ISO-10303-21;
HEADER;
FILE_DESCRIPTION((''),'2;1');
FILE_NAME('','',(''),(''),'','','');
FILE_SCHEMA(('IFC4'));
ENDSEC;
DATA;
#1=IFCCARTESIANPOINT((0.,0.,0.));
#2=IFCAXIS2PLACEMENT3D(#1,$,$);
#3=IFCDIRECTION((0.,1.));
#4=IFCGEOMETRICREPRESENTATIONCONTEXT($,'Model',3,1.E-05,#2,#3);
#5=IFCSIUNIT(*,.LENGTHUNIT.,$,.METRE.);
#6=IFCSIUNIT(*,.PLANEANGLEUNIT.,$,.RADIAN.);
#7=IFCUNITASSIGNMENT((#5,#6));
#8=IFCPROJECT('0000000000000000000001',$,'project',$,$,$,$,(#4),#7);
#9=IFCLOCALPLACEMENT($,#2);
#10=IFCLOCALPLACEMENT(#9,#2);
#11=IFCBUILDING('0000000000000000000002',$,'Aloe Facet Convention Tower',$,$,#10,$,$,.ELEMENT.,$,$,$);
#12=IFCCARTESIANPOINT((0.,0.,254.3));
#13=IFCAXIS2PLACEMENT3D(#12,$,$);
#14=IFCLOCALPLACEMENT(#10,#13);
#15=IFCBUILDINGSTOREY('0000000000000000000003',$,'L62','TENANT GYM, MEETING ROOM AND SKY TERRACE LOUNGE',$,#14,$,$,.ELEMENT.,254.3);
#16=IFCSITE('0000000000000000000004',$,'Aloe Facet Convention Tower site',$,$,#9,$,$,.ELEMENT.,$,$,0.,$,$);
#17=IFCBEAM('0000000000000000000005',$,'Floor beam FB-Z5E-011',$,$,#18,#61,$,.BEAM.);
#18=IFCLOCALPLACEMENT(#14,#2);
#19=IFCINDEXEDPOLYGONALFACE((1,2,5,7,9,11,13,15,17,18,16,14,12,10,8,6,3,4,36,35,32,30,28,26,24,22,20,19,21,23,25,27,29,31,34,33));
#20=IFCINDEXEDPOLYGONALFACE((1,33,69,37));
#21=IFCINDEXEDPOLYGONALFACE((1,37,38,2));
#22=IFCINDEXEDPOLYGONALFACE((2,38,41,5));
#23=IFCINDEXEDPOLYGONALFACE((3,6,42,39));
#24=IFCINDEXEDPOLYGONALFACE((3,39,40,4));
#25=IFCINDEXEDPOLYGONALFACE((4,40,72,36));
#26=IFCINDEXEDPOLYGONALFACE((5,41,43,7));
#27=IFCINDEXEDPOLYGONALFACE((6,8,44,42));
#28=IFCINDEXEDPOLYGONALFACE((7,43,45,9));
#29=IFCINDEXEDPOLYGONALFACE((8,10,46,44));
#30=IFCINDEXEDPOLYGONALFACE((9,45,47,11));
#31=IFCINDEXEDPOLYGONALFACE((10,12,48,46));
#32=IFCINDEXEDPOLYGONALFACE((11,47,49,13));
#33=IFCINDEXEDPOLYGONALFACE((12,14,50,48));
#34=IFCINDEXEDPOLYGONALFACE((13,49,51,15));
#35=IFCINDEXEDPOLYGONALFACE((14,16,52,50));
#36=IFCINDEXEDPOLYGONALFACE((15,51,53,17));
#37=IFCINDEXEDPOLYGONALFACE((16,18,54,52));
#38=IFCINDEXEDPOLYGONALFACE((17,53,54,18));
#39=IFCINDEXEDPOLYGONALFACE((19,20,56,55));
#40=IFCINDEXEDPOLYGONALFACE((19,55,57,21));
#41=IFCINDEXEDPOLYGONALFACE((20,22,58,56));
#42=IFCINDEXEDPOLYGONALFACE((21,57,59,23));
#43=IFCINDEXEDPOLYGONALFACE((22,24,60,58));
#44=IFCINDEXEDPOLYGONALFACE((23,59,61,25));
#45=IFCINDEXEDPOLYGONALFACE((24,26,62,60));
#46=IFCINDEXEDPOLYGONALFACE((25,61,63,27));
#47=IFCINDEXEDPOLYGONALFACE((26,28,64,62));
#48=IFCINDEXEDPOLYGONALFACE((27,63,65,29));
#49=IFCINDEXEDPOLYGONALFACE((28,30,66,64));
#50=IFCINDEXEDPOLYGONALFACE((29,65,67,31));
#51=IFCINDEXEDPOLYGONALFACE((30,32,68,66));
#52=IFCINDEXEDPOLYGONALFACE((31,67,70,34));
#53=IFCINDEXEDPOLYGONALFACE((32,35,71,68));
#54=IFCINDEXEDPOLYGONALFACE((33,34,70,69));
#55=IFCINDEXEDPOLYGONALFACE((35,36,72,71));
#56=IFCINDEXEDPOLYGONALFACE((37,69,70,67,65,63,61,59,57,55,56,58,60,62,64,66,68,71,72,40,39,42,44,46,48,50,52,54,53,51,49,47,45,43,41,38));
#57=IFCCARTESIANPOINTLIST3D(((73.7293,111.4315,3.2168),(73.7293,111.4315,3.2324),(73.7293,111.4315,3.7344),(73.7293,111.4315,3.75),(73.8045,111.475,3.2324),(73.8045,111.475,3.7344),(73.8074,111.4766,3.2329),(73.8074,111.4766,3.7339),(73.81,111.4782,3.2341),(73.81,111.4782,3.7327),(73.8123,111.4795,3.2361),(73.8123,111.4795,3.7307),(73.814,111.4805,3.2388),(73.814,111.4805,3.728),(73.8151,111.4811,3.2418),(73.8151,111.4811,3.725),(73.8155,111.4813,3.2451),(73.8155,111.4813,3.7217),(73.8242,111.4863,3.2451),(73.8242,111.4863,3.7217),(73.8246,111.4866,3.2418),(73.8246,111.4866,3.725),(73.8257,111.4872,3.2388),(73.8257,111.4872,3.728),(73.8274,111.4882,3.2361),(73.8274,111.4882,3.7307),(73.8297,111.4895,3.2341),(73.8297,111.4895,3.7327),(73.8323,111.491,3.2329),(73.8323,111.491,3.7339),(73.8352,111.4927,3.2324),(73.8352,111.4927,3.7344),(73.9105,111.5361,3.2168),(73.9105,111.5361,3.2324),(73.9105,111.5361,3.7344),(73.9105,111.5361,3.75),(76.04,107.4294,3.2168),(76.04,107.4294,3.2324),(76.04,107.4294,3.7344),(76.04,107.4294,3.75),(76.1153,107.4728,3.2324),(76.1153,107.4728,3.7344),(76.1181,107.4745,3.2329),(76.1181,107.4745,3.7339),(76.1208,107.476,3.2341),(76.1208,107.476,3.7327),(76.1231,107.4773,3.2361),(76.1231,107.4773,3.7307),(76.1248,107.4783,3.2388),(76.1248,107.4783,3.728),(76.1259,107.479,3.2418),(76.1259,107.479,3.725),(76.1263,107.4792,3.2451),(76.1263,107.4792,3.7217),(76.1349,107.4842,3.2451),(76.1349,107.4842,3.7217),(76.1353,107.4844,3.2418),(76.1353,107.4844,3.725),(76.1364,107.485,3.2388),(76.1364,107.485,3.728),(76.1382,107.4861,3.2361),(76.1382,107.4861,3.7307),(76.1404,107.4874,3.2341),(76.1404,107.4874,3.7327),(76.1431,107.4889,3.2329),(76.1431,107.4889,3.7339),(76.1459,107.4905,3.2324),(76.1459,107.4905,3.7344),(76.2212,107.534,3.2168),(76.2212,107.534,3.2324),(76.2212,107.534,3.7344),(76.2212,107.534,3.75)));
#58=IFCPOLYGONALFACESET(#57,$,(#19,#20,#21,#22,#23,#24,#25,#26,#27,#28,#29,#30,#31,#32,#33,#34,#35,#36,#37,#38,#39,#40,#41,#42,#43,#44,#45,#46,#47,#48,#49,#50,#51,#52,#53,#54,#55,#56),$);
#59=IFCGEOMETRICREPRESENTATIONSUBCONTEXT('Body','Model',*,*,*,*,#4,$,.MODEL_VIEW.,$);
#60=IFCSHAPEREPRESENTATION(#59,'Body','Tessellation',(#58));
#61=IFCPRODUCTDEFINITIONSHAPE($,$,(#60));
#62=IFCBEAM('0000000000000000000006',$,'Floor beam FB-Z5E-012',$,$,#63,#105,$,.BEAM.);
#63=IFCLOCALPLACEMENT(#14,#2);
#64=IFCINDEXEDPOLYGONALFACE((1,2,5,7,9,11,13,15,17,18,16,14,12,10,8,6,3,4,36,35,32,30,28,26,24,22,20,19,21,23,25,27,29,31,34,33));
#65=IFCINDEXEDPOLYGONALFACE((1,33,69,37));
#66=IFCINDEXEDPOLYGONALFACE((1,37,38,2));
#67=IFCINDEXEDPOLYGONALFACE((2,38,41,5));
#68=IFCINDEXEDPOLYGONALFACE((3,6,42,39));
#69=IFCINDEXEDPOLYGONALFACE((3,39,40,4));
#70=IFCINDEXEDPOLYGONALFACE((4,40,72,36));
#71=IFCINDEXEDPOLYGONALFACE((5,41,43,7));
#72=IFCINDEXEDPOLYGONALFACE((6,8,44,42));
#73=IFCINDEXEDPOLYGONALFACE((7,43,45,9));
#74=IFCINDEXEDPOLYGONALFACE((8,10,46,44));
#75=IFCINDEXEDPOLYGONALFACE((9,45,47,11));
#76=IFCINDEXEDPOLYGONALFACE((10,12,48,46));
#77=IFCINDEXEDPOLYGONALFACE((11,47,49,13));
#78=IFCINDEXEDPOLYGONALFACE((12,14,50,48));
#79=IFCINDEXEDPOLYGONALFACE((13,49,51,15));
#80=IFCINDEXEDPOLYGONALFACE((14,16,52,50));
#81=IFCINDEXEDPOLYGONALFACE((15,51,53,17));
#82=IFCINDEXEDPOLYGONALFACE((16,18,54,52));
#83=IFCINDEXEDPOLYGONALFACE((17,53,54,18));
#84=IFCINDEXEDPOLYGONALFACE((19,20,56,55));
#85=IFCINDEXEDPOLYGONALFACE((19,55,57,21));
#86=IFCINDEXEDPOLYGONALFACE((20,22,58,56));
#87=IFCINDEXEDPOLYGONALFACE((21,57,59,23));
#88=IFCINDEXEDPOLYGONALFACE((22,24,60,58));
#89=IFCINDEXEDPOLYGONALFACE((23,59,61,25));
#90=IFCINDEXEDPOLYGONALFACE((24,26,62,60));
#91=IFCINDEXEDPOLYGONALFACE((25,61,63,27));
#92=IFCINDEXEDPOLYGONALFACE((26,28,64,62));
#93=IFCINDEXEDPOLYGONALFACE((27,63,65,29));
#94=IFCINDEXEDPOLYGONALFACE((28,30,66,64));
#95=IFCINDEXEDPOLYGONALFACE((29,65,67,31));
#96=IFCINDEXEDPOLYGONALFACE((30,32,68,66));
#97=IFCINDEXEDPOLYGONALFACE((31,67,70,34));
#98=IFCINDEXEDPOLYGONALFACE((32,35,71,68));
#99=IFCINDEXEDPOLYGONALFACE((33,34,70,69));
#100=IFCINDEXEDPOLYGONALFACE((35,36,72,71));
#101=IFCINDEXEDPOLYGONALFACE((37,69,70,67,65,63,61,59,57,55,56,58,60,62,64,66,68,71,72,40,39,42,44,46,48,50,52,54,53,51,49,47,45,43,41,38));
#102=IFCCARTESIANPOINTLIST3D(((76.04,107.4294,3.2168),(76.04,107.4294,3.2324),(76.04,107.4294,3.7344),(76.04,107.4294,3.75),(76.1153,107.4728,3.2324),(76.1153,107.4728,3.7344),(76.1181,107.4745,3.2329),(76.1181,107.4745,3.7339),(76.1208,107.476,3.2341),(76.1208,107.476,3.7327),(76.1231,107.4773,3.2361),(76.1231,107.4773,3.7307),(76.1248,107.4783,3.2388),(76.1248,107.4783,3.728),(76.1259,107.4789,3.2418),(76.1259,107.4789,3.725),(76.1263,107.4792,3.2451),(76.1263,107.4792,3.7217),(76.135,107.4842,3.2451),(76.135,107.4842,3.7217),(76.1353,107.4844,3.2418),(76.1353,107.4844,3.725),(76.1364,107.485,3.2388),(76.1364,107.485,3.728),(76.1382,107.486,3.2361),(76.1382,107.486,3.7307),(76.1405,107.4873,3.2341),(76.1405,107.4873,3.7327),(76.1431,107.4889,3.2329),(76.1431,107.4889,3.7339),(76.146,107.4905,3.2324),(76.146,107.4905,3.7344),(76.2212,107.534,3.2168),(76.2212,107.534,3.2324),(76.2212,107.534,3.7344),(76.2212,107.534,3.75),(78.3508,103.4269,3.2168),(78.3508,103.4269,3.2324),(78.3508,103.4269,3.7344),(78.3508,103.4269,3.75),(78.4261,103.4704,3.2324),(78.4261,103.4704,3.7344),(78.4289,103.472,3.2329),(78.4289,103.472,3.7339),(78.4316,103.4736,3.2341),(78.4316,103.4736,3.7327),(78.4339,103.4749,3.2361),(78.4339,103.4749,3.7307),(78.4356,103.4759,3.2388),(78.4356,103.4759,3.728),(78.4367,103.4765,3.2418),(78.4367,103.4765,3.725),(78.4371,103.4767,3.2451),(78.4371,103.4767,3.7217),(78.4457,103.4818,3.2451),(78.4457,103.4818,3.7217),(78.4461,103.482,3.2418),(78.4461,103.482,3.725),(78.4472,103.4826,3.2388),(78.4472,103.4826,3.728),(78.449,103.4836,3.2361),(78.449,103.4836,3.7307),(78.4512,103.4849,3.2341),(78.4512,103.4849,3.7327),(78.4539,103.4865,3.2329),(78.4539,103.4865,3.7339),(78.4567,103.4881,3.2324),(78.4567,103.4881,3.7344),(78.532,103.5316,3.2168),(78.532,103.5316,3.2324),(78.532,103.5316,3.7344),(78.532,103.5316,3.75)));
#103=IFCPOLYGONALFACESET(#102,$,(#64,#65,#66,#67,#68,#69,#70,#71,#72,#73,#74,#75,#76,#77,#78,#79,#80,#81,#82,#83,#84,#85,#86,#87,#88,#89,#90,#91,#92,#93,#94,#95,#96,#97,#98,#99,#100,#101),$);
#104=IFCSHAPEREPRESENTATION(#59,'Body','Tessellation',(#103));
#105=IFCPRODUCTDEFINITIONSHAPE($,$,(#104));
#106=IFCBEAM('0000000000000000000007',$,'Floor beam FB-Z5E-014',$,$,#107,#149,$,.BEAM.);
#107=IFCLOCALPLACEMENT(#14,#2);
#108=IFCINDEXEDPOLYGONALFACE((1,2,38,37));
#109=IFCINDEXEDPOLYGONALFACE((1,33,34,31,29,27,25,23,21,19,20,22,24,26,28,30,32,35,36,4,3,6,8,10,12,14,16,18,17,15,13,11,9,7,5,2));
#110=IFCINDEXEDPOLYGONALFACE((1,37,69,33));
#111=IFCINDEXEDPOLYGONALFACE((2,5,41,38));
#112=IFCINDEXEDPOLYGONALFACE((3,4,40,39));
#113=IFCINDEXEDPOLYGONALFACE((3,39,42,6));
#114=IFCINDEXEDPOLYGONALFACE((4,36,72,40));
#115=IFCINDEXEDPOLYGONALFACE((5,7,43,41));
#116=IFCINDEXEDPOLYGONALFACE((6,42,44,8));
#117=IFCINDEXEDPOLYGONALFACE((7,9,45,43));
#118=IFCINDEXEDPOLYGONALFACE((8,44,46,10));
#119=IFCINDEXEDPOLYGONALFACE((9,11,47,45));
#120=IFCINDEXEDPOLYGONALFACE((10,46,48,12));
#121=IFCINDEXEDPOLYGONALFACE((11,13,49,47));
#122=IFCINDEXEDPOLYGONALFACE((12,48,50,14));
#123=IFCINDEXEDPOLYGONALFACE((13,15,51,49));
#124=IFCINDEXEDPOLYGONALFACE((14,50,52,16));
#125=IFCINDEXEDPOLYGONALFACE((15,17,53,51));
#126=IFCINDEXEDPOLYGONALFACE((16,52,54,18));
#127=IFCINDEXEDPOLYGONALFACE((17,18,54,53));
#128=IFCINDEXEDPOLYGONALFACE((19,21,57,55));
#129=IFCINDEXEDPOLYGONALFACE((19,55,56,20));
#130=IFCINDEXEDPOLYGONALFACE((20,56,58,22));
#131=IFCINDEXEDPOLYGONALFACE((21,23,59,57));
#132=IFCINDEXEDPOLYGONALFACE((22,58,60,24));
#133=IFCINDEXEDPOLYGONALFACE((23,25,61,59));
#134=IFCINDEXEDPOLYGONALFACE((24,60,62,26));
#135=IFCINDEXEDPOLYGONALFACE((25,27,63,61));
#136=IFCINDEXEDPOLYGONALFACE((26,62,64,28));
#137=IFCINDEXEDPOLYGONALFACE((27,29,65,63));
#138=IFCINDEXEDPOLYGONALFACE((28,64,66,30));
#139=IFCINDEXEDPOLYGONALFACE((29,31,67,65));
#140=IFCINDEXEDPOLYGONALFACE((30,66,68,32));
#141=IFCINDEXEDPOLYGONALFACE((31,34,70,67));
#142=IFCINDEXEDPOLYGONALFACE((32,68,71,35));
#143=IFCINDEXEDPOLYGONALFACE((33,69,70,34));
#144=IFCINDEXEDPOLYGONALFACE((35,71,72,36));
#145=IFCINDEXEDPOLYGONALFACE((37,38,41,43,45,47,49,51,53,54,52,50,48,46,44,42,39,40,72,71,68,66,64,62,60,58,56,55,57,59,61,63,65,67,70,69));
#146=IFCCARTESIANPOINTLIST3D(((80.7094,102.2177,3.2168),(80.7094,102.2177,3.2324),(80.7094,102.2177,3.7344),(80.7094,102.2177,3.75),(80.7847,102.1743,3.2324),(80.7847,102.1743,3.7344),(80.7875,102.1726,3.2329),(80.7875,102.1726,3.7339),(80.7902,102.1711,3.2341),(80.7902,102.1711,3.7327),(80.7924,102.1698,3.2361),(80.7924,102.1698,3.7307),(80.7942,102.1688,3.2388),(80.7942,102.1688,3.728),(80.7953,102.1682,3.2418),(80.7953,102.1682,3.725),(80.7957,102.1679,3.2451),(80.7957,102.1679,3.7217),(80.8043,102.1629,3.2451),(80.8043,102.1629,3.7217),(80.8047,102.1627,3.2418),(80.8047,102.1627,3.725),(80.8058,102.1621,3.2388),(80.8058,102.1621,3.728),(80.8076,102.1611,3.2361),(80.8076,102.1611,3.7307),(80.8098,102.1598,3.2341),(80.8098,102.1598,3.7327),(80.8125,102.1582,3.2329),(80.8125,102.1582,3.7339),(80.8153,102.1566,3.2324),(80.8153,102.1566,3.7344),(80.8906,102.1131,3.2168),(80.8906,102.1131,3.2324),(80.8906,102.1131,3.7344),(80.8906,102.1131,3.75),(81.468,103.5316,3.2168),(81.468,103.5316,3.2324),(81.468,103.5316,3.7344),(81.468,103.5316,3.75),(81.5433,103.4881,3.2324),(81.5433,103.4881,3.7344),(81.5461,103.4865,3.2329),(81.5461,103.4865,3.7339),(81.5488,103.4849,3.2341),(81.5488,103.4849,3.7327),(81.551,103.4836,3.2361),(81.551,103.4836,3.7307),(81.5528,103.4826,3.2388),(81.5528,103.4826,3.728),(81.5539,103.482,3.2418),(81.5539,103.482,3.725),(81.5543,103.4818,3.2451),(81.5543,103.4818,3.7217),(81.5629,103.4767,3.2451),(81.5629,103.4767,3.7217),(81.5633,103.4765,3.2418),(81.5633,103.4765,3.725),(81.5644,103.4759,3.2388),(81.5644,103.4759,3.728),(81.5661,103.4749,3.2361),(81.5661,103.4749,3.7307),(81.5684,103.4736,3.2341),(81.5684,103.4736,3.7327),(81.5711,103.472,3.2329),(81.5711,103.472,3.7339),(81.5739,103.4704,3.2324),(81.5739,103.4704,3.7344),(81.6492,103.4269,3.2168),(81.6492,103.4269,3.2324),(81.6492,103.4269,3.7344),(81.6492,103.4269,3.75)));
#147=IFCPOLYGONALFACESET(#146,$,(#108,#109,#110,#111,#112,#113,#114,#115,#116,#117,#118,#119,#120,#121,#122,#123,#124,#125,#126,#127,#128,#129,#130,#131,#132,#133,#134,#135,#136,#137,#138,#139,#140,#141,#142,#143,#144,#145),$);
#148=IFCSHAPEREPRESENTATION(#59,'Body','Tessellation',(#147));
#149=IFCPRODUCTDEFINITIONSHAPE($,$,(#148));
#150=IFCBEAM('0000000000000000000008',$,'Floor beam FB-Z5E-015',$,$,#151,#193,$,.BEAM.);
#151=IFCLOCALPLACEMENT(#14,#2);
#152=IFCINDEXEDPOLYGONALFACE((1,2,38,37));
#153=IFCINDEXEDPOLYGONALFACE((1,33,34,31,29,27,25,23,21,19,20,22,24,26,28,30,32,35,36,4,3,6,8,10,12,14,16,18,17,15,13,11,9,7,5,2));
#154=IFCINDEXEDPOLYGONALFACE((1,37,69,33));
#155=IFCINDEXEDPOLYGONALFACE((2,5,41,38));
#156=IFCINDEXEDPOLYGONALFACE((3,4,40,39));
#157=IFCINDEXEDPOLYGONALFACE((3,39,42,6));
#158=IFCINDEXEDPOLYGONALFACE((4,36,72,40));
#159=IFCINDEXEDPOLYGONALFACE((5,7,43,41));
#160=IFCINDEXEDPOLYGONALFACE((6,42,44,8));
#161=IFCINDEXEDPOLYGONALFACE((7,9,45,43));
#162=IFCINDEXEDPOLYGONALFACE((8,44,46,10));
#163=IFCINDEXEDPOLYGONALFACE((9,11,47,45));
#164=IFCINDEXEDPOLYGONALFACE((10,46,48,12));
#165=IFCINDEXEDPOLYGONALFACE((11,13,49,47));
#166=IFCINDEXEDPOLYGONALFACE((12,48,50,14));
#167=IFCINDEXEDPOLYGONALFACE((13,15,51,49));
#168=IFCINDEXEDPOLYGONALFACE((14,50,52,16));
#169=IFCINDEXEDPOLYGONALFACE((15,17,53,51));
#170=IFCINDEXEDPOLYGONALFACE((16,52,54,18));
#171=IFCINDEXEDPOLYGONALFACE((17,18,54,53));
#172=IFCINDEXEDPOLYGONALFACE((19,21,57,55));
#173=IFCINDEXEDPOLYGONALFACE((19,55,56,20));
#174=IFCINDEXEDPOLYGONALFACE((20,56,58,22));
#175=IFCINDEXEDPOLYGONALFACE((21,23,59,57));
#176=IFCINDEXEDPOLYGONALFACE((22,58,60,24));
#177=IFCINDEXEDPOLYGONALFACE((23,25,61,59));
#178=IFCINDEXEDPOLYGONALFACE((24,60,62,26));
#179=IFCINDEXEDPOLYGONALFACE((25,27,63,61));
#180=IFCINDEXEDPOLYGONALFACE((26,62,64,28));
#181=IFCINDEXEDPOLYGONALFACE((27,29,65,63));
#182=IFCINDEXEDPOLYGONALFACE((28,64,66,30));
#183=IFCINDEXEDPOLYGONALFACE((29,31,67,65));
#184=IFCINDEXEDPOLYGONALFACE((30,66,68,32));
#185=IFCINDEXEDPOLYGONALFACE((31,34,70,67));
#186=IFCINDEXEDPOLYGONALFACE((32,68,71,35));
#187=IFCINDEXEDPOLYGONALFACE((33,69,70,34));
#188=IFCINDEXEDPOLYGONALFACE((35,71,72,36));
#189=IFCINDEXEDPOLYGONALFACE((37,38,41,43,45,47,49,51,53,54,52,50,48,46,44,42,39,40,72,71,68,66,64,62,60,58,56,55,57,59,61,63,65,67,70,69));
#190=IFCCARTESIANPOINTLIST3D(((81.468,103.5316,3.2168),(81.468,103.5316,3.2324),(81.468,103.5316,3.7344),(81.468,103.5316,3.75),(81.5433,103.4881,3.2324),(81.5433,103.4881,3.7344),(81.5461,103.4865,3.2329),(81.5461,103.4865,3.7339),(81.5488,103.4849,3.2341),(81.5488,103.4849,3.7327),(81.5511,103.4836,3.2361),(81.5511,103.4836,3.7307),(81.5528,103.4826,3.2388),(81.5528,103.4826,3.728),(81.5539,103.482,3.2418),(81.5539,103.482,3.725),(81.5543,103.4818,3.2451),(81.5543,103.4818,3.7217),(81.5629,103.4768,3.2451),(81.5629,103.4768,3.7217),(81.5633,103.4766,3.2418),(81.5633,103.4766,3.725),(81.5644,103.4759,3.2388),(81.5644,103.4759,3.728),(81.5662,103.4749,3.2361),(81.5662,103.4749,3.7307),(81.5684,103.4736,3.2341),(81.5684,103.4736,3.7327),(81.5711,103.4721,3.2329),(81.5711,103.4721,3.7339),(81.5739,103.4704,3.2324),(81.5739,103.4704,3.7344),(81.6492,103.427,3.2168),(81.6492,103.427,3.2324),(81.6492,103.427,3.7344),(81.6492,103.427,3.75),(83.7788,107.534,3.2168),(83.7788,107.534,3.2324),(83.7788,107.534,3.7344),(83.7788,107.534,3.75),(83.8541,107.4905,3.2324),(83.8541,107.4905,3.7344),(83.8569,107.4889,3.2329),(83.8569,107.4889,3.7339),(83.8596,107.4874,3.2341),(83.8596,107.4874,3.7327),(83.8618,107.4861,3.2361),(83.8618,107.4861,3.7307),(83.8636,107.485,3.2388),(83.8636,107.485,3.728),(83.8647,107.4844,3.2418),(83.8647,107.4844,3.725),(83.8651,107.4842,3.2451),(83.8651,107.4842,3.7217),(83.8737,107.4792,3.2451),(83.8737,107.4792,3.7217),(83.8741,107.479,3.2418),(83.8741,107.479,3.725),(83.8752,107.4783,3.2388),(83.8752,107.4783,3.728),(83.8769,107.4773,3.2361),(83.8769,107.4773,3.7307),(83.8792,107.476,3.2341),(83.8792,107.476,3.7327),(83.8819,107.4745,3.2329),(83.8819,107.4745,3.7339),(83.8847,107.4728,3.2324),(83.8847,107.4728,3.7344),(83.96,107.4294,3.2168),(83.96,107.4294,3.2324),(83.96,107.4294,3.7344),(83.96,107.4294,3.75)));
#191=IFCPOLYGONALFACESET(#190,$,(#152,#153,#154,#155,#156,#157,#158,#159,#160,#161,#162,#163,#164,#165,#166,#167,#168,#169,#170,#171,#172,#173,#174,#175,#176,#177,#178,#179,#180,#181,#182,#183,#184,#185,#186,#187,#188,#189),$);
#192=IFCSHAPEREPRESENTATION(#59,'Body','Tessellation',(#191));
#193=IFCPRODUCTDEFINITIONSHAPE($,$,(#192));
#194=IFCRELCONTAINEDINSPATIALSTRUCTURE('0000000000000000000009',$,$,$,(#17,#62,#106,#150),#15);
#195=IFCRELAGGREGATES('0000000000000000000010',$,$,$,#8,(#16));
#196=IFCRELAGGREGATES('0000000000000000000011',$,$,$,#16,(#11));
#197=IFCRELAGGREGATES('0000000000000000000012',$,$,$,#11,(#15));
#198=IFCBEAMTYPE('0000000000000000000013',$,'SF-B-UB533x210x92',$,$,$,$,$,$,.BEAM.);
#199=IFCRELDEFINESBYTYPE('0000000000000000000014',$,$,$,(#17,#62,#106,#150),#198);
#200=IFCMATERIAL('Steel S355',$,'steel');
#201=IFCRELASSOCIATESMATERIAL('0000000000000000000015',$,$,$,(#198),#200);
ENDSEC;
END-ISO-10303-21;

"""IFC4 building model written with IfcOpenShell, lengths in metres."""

from ifc_helpers import new_model, si_unit, direction, frame, origin, origin_2d, place, context, subcontext, project, spatial, i_section, extrude, material, material_profile, profile_set, type_object, element, save


model = new_model("IFC4")

# Units and contexts
model_context = context("Model", 3, precision=1e-05, world=origin(), true_north=direction((0.0, 1.0)))
body_context = subcontext(model_context, "Body", "Model", "MODEL_VIEW")
ifc_project = project(units=[si_unit("LENGTHUNIT", "METRE"), si_unit("PLANEANGLEUNIT", "RADIAN")], contexts=[model_context])

# Site, building, storey
site_placement = place(None, origin())
site = spatial("IfcSite", under=ifc_project, at=site_placement, Name="Aloe Facet Convention Tower site", CompositionType="ELEMENT", RefElevation=0.0)
building_placement = place(site_placement, origin())
building = spatial("IfcBuilding", under=site, at=building_placement, Name="Aloe Facet Convention Tower", CompositionType="ELEMENT")
storey_placement = place(building_placement, frame((0.0, 0.0, 254.3)))
storey = spatial("IfcBuildingStorey", under=building, at=storey_placement, Name="L62", Description="TENANT GYM, MEETING ROOM AND SKY TERRACE LOUNGE", CompositionType="ELEMENT", Elevation=254.3)

# Beams
ifc_material_1 = material(Name="Steel S355", Category="steel")
ifc_material_profile_1 = material_profile(ifc_material_1, i_section(OverallWidth=0.2092, OverallDepth=0.5332, WebThickness=0.01, FlangeThickness=0.0156, FilletRadius=0.0127, at=origin_2d()), Name="UB 533x210x92")
ifc_profile_set_1 = profile_set([ifc_material_profile_1], Name="Steel S355")
beam_type_1 = type_object("IfcBeamType", Name="SF-B-UB533x210x92", PredefinedType="BEAM", material=ifc_profile_set_1)
beam_1_placement = place(storey_placement, frame((76.1306, 107.4817, 3.4834), z_axis=(-0.50002, 0.866014, 0.0), x_axis=(-0.866014, -0.50002, 0.0)))
element("IfcBeam", 1, at=beam_1_placement, inside=storey, type_object=beam_type_1, Name="Floor beam FB-Z5E-011", PredefinedType="BEAM", context=body_context, shape_type="SweptSolid", body=[
    extrude(i_section(OverallWidth=0.2092, OverallDepth=0.5332, WebThickness=0.01, FlangeThickness=0.0156, FilletRadius=0.0127, at=origin_2d()), origin(), (0.0, 0.0, 1.0), 4.6213),
])
beam_2_placement = place(storey_placement, frame((78.4414, 103.4792, 3.4834), z_axis=(-0.499997, 0.866027, 0.0), x_axis=(-0.866027, -0.499997, 0.0)))
element("IfcBeam", 2, at=beam_2_placement, inside=storey, type_object=beam_type_1, Name="Floor beam FB-Z5E-012", PredefinedType="BEAM", context=body_context, shape_type="SweptSolid", body=[
    extrude(i_section(OverallWidth=0.2092, OverallDepth=0.5332, WebThickness=0.01, FlangeThickness=0.0156, FilletRadius=0.0127, at=origin_2d()), origin(), (0.0, 0.0, 1.0), 4.6216),
])
beam_3_placement = place(storey_placement, frame((81.5586, 103.4792, 3.4834), z_axis=(-0.500034, -0.866006, 0.0), x_axis=(0.866006, -0.500034, 0.0)))
element("IfcBeam", 3, at=beam_3_placement, inside=storey, type_object=beam_type_1, Name="Floor beam FB-Z5E-014", PredefinedType="BEAM", context=body_context, shape_type="SweptSolid", body=[
    extrude(i_section(OverallWidth=0.2092, OverallDepth=0.5332, WebThickness=0.01, FlangeThickness=0.0156, FilletRadius=0.0127, at=origin_2d()), origin(), (0.0, 0.0, 1.0), 1.5171),
])
beam_4_placement = place(storey_placement, frame((83.8694, 107.4817, 3.4834), z_axis=(-0.499997, -0.866027, 0.0), x_axis=(0.866027, -0.499997, 0.0)))
element("IfcBeam", 4, at=beam_4_placement, inside=storey, type_object=beam_type_1, Name="Floor beam FB-Z5E-015", PredefinedType="BEAM", context=body_context, shape_type="SweptSolid", body=[
    extrude(i_section(OverallWidth=0.2092, OverallDepth=0.5332, WebThickness=0.01, FlangeThickness=0.0156, FilletRadius=0.0127, at=origin_2d()), origin(), (0.0, 0.0, 1.0), 4.6216),
])

save(model, "model.ifc")
